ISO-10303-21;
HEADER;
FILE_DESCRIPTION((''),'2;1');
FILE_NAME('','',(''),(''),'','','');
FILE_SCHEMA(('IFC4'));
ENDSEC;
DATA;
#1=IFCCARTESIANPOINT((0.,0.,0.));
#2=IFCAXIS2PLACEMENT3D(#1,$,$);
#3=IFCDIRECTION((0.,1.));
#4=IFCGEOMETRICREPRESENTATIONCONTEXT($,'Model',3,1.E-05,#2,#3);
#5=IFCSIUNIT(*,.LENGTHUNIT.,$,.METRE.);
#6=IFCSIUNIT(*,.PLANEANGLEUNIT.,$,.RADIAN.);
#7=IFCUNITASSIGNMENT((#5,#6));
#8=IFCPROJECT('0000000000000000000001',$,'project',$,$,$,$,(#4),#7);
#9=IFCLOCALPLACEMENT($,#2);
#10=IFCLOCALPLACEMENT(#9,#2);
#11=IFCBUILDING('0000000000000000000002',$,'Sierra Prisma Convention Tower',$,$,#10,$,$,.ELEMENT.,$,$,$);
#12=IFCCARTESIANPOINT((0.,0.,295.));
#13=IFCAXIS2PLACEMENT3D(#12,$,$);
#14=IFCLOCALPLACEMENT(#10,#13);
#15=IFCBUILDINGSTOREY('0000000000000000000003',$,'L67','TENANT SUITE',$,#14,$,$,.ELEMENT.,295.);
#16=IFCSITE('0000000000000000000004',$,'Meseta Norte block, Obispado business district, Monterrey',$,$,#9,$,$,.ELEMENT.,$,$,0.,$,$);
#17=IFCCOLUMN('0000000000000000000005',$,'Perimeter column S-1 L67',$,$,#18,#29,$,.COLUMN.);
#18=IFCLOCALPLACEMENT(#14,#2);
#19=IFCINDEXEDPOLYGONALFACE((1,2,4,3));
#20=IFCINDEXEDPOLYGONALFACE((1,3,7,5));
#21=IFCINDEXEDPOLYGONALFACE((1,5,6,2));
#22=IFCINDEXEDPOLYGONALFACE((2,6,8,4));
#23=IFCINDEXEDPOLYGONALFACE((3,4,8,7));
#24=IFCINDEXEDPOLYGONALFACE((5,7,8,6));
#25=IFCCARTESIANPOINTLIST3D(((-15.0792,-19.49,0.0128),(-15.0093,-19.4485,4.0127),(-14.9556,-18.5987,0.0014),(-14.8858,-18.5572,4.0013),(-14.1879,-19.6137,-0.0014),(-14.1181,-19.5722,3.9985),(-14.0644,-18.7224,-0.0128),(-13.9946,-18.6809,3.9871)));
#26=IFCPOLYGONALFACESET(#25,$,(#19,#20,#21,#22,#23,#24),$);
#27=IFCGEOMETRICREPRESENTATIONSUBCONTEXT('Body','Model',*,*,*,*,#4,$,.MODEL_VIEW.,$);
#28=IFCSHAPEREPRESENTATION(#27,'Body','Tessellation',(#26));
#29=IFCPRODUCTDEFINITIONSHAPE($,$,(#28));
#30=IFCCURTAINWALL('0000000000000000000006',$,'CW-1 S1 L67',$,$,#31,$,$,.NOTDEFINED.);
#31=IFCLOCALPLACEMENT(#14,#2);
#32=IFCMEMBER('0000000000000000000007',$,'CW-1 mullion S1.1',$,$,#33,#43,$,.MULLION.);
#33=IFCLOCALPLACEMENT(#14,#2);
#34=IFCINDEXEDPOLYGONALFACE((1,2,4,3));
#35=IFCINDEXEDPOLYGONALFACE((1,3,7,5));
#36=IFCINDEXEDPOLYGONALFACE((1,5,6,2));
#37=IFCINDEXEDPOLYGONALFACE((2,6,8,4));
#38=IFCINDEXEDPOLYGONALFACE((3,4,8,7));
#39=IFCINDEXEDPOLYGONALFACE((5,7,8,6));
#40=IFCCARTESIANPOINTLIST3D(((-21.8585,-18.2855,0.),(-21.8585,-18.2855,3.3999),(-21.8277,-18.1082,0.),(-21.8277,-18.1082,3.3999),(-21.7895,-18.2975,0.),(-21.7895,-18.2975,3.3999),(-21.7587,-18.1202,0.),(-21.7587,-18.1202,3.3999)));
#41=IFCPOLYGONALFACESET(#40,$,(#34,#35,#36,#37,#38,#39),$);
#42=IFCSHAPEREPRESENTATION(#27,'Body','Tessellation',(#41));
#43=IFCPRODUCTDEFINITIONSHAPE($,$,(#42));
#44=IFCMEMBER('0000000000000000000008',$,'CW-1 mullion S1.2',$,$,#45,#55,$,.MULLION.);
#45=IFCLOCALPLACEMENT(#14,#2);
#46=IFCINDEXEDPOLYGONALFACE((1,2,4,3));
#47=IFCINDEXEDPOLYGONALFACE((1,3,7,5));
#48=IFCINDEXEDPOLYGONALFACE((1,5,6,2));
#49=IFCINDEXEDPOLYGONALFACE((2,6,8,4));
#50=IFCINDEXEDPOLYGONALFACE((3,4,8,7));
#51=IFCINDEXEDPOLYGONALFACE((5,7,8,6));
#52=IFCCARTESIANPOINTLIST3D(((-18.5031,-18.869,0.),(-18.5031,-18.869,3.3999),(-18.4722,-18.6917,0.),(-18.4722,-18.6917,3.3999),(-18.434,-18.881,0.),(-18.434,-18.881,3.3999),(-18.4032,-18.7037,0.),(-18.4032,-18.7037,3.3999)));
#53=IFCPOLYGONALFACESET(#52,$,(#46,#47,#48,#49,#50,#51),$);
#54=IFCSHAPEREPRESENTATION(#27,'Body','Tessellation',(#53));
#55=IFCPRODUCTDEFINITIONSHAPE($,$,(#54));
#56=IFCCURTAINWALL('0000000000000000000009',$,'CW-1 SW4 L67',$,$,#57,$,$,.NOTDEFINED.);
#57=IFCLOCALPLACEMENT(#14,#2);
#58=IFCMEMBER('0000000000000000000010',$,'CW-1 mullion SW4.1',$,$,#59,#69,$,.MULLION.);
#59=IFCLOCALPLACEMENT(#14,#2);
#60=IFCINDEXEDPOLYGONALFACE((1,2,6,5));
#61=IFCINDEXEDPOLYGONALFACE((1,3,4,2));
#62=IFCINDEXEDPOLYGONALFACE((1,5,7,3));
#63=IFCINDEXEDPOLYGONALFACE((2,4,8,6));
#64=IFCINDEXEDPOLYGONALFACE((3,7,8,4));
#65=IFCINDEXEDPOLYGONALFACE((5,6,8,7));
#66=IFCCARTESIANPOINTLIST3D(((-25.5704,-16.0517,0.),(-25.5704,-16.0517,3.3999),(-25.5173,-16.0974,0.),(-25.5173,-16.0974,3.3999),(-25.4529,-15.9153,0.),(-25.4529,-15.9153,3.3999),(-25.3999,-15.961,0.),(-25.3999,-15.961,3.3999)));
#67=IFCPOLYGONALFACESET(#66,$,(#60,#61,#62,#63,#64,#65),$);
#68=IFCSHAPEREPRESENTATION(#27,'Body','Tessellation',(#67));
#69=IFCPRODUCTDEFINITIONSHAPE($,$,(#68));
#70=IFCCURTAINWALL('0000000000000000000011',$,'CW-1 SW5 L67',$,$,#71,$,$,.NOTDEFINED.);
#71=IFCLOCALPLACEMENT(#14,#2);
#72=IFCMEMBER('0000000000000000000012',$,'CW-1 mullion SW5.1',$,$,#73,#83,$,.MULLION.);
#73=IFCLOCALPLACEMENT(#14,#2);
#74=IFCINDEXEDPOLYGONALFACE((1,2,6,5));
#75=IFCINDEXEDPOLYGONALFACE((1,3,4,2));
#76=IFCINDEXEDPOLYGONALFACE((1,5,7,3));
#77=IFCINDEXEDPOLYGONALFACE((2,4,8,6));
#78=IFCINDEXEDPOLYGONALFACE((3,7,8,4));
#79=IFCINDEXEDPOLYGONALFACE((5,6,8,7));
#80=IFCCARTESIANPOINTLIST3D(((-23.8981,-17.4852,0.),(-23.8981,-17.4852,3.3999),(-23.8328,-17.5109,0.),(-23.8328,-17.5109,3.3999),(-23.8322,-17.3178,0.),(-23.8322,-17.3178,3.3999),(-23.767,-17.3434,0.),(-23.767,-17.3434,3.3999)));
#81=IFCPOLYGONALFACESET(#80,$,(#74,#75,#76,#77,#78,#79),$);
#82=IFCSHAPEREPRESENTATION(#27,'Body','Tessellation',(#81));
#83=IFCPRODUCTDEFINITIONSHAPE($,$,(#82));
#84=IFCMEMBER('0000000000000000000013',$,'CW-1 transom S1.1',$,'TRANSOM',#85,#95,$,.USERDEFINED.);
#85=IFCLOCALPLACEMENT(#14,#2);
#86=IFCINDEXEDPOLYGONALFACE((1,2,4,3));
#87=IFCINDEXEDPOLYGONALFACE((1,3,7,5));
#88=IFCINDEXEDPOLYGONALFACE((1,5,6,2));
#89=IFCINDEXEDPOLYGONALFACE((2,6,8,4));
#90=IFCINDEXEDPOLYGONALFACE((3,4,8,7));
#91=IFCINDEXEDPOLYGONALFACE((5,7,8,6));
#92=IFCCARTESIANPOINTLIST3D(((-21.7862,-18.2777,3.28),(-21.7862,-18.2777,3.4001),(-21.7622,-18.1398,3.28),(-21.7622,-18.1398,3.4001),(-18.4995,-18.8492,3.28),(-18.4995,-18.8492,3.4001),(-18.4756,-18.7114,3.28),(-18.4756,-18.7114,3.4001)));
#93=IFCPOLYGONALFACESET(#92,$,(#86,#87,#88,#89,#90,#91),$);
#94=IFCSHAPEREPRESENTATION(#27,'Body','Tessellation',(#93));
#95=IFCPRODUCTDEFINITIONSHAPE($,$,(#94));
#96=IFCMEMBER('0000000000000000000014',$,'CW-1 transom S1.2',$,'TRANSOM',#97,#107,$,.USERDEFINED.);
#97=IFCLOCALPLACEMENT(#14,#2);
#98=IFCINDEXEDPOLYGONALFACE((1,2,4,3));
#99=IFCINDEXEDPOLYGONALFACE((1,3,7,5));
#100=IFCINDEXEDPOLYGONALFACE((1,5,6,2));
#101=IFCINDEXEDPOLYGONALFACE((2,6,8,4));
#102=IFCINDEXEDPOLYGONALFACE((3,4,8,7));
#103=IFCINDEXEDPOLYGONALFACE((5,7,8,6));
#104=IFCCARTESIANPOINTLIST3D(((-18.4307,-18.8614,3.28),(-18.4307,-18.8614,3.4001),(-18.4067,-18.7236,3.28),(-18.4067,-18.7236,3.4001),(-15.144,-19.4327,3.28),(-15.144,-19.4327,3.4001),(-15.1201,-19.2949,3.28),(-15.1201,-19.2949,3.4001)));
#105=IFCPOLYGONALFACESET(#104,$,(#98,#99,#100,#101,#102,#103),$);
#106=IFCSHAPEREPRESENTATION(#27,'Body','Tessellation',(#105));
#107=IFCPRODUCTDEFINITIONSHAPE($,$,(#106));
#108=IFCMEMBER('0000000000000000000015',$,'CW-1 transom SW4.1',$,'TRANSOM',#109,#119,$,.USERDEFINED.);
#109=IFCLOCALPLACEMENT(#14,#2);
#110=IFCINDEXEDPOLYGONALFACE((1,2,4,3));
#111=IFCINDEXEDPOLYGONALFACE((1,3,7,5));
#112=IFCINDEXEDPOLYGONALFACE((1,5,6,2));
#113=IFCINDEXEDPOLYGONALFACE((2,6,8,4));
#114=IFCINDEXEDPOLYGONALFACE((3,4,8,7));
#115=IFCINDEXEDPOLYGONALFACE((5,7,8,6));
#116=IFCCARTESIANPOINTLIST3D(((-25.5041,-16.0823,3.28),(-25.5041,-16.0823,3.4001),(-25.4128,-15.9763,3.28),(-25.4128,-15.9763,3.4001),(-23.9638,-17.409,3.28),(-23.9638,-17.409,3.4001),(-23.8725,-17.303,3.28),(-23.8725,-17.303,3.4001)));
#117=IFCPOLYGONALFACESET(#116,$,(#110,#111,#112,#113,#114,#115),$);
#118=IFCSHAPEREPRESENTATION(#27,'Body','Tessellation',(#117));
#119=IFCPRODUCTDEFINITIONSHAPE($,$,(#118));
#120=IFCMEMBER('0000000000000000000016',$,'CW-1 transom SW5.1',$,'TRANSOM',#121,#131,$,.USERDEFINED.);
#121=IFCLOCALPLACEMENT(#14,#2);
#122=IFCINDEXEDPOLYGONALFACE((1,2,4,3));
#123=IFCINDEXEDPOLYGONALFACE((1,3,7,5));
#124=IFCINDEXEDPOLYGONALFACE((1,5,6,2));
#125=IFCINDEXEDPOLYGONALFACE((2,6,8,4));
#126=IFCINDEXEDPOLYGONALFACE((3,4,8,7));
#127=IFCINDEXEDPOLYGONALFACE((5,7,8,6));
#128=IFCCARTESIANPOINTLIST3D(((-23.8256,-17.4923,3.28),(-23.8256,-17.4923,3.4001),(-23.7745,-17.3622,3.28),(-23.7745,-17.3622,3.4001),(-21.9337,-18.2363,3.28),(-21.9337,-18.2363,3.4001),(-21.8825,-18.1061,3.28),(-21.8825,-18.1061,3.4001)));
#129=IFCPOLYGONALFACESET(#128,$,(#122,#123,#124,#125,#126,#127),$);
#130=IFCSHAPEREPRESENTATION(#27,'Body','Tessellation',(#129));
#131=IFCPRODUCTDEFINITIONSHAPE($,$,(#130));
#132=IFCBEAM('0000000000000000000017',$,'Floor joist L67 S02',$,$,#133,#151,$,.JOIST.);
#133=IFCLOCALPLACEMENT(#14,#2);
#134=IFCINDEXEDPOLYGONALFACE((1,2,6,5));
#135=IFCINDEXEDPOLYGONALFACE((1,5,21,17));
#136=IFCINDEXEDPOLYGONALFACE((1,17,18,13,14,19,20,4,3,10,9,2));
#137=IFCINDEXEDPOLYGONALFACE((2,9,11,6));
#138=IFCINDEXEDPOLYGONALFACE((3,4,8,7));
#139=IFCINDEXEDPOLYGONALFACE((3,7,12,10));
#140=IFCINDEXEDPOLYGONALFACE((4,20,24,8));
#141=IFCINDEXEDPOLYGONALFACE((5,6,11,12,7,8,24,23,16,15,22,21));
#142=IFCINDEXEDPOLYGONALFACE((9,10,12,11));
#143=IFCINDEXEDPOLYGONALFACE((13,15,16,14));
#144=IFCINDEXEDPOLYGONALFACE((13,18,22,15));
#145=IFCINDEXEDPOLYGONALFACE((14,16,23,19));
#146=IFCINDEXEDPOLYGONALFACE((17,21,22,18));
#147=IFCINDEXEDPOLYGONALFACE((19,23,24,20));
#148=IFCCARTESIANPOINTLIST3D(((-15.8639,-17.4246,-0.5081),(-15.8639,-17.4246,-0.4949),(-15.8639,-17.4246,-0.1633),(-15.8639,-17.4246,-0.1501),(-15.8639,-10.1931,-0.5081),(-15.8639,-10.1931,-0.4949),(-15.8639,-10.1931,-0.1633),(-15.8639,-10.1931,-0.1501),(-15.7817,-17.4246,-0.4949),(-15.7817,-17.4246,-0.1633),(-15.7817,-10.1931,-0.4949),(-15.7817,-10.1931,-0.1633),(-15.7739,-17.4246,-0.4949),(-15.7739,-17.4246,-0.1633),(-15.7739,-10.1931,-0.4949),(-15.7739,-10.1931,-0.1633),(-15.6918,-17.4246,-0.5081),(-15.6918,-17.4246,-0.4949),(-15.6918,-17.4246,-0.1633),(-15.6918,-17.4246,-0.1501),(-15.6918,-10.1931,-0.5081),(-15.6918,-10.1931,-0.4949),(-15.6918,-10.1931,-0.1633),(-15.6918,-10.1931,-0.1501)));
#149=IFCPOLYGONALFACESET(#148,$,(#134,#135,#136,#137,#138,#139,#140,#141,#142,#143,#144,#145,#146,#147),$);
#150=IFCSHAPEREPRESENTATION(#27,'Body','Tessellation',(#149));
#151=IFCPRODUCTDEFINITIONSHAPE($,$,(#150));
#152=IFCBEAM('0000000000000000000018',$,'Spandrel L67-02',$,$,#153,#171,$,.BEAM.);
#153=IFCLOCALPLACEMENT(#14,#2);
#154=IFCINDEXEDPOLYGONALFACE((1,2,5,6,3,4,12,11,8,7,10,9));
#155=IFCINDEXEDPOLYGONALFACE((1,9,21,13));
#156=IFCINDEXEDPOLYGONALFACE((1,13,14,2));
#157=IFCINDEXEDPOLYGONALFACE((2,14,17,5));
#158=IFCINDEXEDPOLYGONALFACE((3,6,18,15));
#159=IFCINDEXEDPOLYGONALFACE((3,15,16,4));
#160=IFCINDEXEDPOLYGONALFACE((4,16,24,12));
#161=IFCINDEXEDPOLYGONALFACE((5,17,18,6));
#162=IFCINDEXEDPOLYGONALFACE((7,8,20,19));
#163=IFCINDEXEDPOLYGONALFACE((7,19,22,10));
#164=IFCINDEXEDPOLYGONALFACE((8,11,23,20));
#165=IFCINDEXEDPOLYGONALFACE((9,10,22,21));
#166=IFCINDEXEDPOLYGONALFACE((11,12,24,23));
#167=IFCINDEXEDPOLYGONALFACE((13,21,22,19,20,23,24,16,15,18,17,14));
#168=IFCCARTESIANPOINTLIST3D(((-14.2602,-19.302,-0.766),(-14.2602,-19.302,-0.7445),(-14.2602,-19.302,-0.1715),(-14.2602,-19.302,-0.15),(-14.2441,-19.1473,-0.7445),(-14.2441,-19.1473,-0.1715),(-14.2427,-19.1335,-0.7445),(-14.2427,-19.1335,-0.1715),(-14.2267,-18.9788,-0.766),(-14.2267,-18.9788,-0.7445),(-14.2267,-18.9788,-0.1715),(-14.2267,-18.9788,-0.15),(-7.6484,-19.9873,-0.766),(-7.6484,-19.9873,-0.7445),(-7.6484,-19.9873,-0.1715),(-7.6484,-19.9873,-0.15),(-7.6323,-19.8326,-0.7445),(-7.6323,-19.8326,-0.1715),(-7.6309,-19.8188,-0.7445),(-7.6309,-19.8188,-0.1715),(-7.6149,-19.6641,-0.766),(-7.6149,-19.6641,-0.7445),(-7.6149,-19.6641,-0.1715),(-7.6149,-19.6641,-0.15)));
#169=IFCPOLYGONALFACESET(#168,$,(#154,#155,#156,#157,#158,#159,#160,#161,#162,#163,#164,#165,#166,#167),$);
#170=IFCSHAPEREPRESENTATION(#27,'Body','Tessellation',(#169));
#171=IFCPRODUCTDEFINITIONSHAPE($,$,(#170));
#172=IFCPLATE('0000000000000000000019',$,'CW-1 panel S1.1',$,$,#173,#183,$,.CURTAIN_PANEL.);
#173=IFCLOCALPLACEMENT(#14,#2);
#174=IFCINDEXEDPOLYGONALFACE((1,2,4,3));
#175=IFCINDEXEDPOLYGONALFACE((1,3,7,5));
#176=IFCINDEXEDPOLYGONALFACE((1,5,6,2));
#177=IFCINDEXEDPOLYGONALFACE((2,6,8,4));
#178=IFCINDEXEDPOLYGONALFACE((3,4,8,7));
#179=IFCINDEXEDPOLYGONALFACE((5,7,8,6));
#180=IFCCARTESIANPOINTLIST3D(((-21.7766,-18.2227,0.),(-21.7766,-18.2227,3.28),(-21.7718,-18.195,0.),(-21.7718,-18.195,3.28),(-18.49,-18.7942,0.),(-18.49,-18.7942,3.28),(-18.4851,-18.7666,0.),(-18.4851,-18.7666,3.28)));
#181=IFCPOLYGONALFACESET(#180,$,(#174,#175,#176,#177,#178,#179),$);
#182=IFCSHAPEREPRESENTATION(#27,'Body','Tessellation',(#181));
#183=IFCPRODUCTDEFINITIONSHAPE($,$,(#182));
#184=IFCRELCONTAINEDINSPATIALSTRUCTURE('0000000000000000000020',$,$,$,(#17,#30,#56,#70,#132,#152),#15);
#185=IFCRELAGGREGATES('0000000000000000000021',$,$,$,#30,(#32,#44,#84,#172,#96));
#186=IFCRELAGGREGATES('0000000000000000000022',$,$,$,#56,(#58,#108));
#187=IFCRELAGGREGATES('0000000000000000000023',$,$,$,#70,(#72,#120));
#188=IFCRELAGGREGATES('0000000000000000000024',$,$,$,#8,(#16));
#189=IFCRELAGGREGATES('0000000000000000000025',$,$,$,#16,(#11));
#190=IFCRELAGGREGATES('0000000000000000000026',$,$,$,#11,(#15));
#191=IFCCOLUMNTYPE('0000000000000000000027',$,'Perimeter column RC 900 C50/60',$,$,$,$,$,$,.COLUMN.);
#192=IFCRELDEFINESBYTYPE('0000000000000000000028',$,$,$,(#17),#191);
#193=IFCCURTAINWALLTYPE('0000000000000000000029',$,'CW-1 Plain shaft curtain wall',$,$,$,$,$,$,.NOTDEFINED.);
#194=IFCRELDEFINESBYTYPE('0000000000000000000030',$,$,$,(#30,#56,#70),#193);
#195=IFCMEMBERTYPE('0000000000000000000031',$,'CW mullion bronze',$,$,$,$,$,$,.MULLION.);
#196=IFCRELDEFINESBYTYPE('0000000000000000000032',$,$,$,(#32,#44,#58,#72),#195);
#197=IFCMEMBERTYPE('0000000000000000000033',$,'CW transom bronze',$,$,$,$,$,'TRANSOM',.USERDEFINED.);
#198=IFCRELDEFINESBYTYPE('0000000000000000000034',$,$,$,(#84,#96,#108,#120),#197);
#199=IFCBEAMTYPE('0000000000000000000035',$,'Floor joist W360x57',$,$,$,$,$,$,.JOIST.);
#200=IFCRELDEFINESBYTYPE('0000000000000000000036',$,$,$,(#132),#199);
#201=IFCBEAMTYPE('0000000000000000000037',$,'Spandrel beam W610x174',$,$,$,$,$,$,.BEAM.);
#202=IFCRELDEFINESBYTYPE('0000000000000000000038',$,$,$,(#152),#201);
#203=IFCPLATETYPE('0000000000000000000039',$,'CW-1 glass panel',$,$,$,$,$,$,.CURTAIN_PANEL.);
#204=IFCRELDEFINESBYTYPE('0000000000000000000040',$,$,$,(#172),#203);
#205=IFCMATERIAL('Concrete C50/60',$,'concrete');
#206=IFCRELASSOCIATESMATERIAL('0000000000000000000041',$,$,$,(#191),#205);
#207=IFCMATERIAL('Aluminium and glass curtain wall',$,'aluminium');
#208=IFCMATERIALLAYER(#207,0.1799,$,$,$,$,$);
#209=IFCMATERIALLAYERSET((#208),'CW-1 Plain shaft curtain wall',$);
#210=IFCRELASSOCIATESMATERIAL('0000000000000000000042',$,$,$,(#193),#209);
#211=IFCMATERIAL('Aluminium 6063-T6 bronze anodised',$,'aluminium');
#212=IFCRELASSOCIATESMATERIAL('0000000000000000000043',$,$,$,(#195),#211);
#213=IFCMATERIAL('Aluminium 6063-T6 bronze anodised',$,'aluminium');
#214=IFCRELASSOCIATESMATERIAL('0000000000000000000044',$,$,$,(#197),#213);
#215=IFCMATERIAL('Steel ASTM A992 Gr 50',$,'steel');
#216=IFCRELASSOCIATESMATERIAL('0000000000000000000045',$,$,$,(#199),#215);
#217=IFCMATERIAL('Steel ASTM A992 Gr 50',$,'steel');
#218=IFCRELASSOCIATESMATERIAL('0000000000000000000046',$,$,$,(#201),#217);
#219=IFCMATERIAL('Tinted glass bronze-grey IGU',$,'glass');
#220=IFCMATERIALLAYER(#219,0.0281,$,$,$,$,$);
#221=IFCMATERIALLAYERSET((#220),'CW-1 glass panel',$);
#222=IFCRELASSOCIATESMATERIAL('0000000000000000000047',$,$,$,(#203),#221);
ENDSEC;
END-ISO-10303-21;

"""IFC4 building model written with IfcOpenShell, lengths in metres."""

from ifc_helpers import new_model, si_unit, direction, frame, origin, origin_2d, place, context, subcontext, project, spatial, rectangle, i_section, extrude, material, layer, layer_set, material_profile, profile_set, type_object, element, aggregate, save


model = new_model("IFC4")

# Units and contexts
model_context = context("Model", 3, precision=1e-05, world=origin(), true_north=direction((0.0, 1.0)))
body_context = subcontext(model_context, "Body", "Model", "MODEL_VIEW")
ifc_project = project(units=[si_unit("LENGTHUNIT", "METRE"), si_unit("PLANEANGLEUNIT", "RADIAN")], contexts=[model_context])

# Site, building, storey
site_placement = place(None, origin())
site = spatial("IfcSite", under=ifc_project, at=site_placement, Name="Meseta Norte block, Obispado business district, Monterrey", CompositionType="ELEMENT", RefElevation=0.0)
building_placement = place(site_placement, origin())
building = spatial("IfcBuilding", under=site, at=building_placement, Name="Sierra Prisma Convention Tower", CompositionType="ELEMENT")
storey_placement = place(building_placement, frame((0.0, 0.0, 295.0)))
storey = spatial("IfcBuildingStorey", under=building, at=storey_placement, Name="L67", Description="TENANT SUITE", CompositionType="ELEMENT", Elevation=295.0)

# Column
ifc_material_1 = material(Name="Concrete C50/60", Category="concrete")
ifc_material_profile_1 = material_profile(ifc_material_1, rectangle(XDim=0.8999, YDim=0.8999, at=origin_2d()), Name="Perimeter column RC 900 C50/60")
ifc_profile_set_1 = profile_set([ifc_material_profile_1], Name="Concrete C50/60")
column_type = type_object("IfcColumnType", Name="Perimeter column RC 900 C50/60", PredefinedType="COLUMN", material=ifc_profile_set_1)
column_placement = place(storey_placement, frame((-14.5718, -19.1062, 0.0), z_axis=(0.017452, 0.010374, 0.999794), x_axis=(-0.990378, 0.137476, 0.015862)))
element("IfcColumn", 1, at=column_placement, inside=storey, type_object=column_type, Name="Perimeter column S-1 L67", PredefinedType="COLUMN", context=body_context, shape_type="SweptSolid", body=[
    extrude(rectangle(XDim=0.8999, YDim=0.8999, at=origin_2d()), origin(), (0.0, 0.0, 1.0), 4.0007),
])

# Curtain wall, members
ifc_material_2 = material(Name="Aluminium and glass curtain wall", Category="aluminium")
ifc_layer_1 = layer(ifc_material_2, 0.1799)
ifc_layer_set_1 = layer_set([ifc_layer_1], Name="CW-1 Plain shaft curtain wall")
curtain_wall_type = type_object("IfcCurtainWallType", Name="CW-1 Plain shaft curtain wall", PredefinedType="NOTDEFINED", material=ifc_layer_set_1)
curtain_wall_1_placement = place(storey_placement, origin())
curtain_wall_1 = element("IfcCurtainWall", 2, at=curtain_wall_1_placement, inside=storey, type_object=curtain_wall_type, Name="CW-1 S1 L67", PredefinedType="NOTDEFINED")
ifc_material_3 = material(Name="Aluminium 6063-T6 bronze anodised", Category="aluminium")
ifc_material_profile_2 = material_profile(ifc_material_3, rectangle(XDim=0.1799, YDim=0.0701, at=origin_2d()), Name="ALU MULLION 70x180")
ifc_profile_set_2 = profile_set([ifc_material_profile_2], Name="Aluminium 6063-T6 bronze anodised")
member_type_1 = type_object("IfcMemberType", Name="CW mullion bronze", PredefinedType="MULLION", material=ifc_profile_set_2)
member_1_placement = place(storey_placement, frame((-21.8086, -18.2029, 0.0), z_axis=(0.0, 0.0, 1.0), x_axis=(0.171326, 0.985214, 0.0)))
member_1 = element("IfcMember", 3, at=member_1_placement, type_object=member_type_1, Name="CW-1 mullion S1.1", PredefinedType="MULLION", context=body_context, shape_type="SweptSolid", body=[
    extrude(rectangle(XDim=0.1799, YDim=0.0701, at=origin_2d()), origin(), (0.0, 0.0, 1.0), 3.3999),
])
member_2_placement = place(storey_placement, frame((-18.4531, -18.7864, 0.0), z_axis=(0.0, 0.0, 1.0), x_axis=(0.171326, 0.985214, 0.0)))
member_2 = element("IfcMember", 4, at=member_2_placement, type_object=member_type_1, Name="CW-1 mullion S1.2", PredefinedType="MULLION", context=body_context, shape_type="SweptSolid", body=[
    extrude(rectangle(XDim=0.1799, YDim=0.0701, at=origin_2d()), origin(), (0.0, 0.0, 1.0), 3.3999),
])

# Curtain walls, members
curtain_wall_2_placement = place(storey_placement, origin())
curtain_wall_2 = element("IfcCurtainWall", 5, at=curtain_wall_2_placement, inside=storey, type_object=curtain_wall_type, Name="CW-1 SW4 L67", PredefinedType="NOTDEFINED")
member_3_placement = place(storey_placement, frame((-25.4851, -16.0063, 0.0), z_axis=(0.0, 0.0, 1.0), x_axis=(0.652564, 0.757734, 0.0)))
member_3 = element("IfcMember", 6, at=member_3_placement, type_object=member_type_1, Name="CW-1 mullion SW4.1", PredefinedType="MULLION", context=body_context, shape_type="SweptSolid", body=[
    extrude(rectangle(XDim=0.1799, YDim=0.0701, at=origin_2d()), origin(), (0.0, 0.0, 1.0), 3.3999),
])
curtain_wall_3_placement = place(storey_placement, origin())
curtain_wall_3 = element("IfcCurtainWall", 7, at=curtain_wall_3_placement, inside=storey, type_object=curtain_wall_type, Name="CW-1 SW5 L67", PredefinedType="NOTDEFINED")
member_4_placement = place(storey_placement, frame((-23.8325, -17.4143, 0.0), z_axis=(0.0, 0.0, 1.0), x_axis=(0.366019, 0.930607, 0.0)))
member_4 = element("IfcMember", 8, at=member_4_placement, type_object=member_type_1, Name="CW-1 mullion SW5.1", PredefinedType="MULLION", context=body_context, shape_type="SweptSolid", body=[
    extrude(rectangle(XDim=0.1799, YDim=0.0701, at=origin_2d()), origin(), (0.0, 0.0, 1.0), 3.3999),
])

# Members
ifc_material_4 = material(Name="Aluminium 6063-T6 bronze anodised", Category="aluminium")
ifc_material_profile_3 = material_profile(ifc_material_4, rectangle(XDim=0.1399, YDim=0.1201, at=origin_2d()), Name="ALU TRANSOM 120x140")
ifc_profile_set_3 = profile_set([ifc_material_profile_3], Name="Aluminium 6063-T6 bronze anodised")
member_type_2 = type_object("IfcMemberType", Name="CW transom bronze", ElementType="TRANSOM", PredefinedType="USERDEFINED", material=ifc_profile_set_3)
member_5_placement = place(storey_placement, frame((-21.7742, -18.2087, 3.3401), z_axis=(0.985214, -0.171326, 0.0), x_axis=(0.171326, 0.985214, 0.0)))
member_5 = element("IfcMember", 9, at=member_5_placement, type_object=member_type_2, Name="CW-1 transom S1.1", ObjectType="TRANSOM", PredefinedType="USERDEFINED", context=body_context, shape_type="SweptSolid", body=[
    extrude(rectangle(XDim=0.1399, YDim=0.1201, at=origin_2d()), origin(), (0.0, 0.0, 1.0), 3.3359),
])
member_6_placement = place(storey_placement, frame((-18.4187, -18.7925, 3.3401), z_axis=(0.985227, -0.171255, 0.0), x_axis=(0.171255, 0.985227, 0.0)))
member_6 = element("IfcMember", 10, at=member_6_placement, type_object=member_type_2, Name="CW-1 transom S1.2", ObjectType="TRANSOM", PredefinedType="USERDEFINED", context=body_context, shape_type="SweptSolid", body=[
    extrude(rectangle(XDim=0.1399, YDim=0.1201, at=origin_2d()), origin(), (0.0, 0.0, 1.0), 3.3359),
])
member_7_placement = place(storey_placement, frame((-25.4585, -16.0293, 3.3401), z_axis=(0.757695, -0.652609, 0.0), x_axis=(0.652609, 0.757695, 0.0)))
member_7 = element("IfcMember", 11, at=member_7_placement, type_object=member_type_2, Name="CW-1 transom SW4.1", ObjectType="TRANSOM", PredefinedType="USERDEFINED", context=body_context, shape_type="SweptSolid", body=[
    extrude(rectangle(XDim=0.1399, YDim=0.1201, at=origin_2d()), origin(), (0.0, 0.0, 1.0), 2.033),
])
member_8_placement = place(storey_placement, frame((-23.8, -17.4272, 3.3401), z_axis=(0.930639, -0.365938, 0.0), x_axis=(0.365938, 0.930639, 0.0)))
member_8 = element("IfcMember", 12, at=member_8_placement, type_object=member_type_2, Name="CW-1 transom SW5.1", ObjectType="TRANSOM", PredefinedType="USERDEFINED", context=body_context, shape_type="SweptSolid", body=[
    extrude(rectangle(XDim=0.1399, YDim=0.1201, at=origin_2d()), origin(), (0.0, 0.0, 1.0), 2.033),
])

# Beams
ifc_material_5 = material(Name="Steel ASTM A992 Gr 50", Category="steel")
ifc_material_profile_4 = material_profile(ifc_material_5, i_section(OverallWidth=0.1721, OverallDepth=0.3579, WebThickness=0.0078, FlangeThickness=0.0132, at=origin_2d()), Name="W360x57")
ifc_profile_set_4 = profile_set([ifc_material_profile_4], Name="Steel ASTM A992 Gr 50")
beam_type_1 = type_object("IfcBeamType", Name="Floor joist W360x57", PredefinedType="JOIST", material=ifc_profile_set_4)
beam_1_placement = place(storey_placement, frame((-15.7778, -17.4246, -0.3291), z_axis=(0.0, 1.0, 0.0), x_axis=(-1.0, 0.0, 0.0)))
element("IfcBeam", 13, at=beam_1_placement, inside=storey, type_object=beam_type_1, Name="Floor joist L67 S02", PredefinedType="JOIST", context=body_context, shape_type="SweptSolid", body=[
    extrude(i_section(OverallWidth=0.1721, OverallDepth=0.3579, WebThickness=0.0078, FlangeThickness=0.0132, at=origin_2d()), origin(), (0.0, 0.0, 1.0), 7.2314),
])
ifc_material_6 = material(Name="Steel ASTM A992 Gr 50", Category="steel")
ifc_material_profile_5 = material_profile(ifc_material_6, i_section(OverallWidth=0.325, OverallDepth=0.616, WebThickness=0.0139, FlangeThickness=0.0215, at=origin_2d()), Name="W610x174")
ifc_profile_set_5 = profile_set([ifc_material_profile_5], Name="Steel ASTM A992 Gr 50")
beam_type_2 = type_object("IfcBeamType", Name="Spandrel beam W610x174", PredefinedType="BEAM", material=ifc_profile_set_5)
beam_2_placement = place(storey_placement, frame((-14.2434, -19.1404, -0.458), z_axis=(0.994671, -0.103096, 0.0), x_axis=(0.103096, 0.994671, 0.0)))
element("IfcBeam", 14, at=beam_2_placement, inside=storey, type_object=beam_type_2, Name="Spandrel L67-02", PredefinedType="BEAM", context=body_context, shape_type="SweptSolid", body=[
    extrude(i_section(OverallWidth=0.325, OverallDepth=0.616, WebThickness=0.0139, FlangeThickness=0.0215, at=origin_2d()), origin(), (0.0, 0.0, 1.0), 6.6472),
])

# Plate
ifc_material_7 = material(Name="Tinted glass bronze-grey IGU", Category="glass")
ifc_layer_2 = layer(ifc_material_7, 0.0281)
ifc_layer_set_2 = layer_set([ifc_layer_2], Name="CW-1 glass panel")
plate_type = type_object("IfcPlateType", Name="CW-1 glass panel", PredefinedType="CURTAIN_PANEL", material=ifc_layer_set_2)
plate_1_placement = place(storey_placement, frame((-20.1309, -18.4946, 0.0), z_axis=(0.0, 0.0, 1.0), x_axis=(0.985214, -0.171326, 0.0)))
plate_1 = element("IfcPlate", 15, at=plate_1_placement, type_object=plate_type, Name="CW-1 panel S1.1", PredefinedType="CURTAIN_PANEL", context=body_context, shape_type="SweptSolid", body=[
    extrude(rectangle(XDim=3.3359, YDim=0.0281, at=origin_2d()), origin(), (0.0, 0.0, 1.0), 3.28),
])
aggregate(curtain_wall_1, [member_1, member_2, member_5, plate_1, member_6])

aggregate(curtain_wall_2, [member_3, member_7])
aggregate(curtain_wall_3, [member_4, member_8])

save(model, "model.ifc")
